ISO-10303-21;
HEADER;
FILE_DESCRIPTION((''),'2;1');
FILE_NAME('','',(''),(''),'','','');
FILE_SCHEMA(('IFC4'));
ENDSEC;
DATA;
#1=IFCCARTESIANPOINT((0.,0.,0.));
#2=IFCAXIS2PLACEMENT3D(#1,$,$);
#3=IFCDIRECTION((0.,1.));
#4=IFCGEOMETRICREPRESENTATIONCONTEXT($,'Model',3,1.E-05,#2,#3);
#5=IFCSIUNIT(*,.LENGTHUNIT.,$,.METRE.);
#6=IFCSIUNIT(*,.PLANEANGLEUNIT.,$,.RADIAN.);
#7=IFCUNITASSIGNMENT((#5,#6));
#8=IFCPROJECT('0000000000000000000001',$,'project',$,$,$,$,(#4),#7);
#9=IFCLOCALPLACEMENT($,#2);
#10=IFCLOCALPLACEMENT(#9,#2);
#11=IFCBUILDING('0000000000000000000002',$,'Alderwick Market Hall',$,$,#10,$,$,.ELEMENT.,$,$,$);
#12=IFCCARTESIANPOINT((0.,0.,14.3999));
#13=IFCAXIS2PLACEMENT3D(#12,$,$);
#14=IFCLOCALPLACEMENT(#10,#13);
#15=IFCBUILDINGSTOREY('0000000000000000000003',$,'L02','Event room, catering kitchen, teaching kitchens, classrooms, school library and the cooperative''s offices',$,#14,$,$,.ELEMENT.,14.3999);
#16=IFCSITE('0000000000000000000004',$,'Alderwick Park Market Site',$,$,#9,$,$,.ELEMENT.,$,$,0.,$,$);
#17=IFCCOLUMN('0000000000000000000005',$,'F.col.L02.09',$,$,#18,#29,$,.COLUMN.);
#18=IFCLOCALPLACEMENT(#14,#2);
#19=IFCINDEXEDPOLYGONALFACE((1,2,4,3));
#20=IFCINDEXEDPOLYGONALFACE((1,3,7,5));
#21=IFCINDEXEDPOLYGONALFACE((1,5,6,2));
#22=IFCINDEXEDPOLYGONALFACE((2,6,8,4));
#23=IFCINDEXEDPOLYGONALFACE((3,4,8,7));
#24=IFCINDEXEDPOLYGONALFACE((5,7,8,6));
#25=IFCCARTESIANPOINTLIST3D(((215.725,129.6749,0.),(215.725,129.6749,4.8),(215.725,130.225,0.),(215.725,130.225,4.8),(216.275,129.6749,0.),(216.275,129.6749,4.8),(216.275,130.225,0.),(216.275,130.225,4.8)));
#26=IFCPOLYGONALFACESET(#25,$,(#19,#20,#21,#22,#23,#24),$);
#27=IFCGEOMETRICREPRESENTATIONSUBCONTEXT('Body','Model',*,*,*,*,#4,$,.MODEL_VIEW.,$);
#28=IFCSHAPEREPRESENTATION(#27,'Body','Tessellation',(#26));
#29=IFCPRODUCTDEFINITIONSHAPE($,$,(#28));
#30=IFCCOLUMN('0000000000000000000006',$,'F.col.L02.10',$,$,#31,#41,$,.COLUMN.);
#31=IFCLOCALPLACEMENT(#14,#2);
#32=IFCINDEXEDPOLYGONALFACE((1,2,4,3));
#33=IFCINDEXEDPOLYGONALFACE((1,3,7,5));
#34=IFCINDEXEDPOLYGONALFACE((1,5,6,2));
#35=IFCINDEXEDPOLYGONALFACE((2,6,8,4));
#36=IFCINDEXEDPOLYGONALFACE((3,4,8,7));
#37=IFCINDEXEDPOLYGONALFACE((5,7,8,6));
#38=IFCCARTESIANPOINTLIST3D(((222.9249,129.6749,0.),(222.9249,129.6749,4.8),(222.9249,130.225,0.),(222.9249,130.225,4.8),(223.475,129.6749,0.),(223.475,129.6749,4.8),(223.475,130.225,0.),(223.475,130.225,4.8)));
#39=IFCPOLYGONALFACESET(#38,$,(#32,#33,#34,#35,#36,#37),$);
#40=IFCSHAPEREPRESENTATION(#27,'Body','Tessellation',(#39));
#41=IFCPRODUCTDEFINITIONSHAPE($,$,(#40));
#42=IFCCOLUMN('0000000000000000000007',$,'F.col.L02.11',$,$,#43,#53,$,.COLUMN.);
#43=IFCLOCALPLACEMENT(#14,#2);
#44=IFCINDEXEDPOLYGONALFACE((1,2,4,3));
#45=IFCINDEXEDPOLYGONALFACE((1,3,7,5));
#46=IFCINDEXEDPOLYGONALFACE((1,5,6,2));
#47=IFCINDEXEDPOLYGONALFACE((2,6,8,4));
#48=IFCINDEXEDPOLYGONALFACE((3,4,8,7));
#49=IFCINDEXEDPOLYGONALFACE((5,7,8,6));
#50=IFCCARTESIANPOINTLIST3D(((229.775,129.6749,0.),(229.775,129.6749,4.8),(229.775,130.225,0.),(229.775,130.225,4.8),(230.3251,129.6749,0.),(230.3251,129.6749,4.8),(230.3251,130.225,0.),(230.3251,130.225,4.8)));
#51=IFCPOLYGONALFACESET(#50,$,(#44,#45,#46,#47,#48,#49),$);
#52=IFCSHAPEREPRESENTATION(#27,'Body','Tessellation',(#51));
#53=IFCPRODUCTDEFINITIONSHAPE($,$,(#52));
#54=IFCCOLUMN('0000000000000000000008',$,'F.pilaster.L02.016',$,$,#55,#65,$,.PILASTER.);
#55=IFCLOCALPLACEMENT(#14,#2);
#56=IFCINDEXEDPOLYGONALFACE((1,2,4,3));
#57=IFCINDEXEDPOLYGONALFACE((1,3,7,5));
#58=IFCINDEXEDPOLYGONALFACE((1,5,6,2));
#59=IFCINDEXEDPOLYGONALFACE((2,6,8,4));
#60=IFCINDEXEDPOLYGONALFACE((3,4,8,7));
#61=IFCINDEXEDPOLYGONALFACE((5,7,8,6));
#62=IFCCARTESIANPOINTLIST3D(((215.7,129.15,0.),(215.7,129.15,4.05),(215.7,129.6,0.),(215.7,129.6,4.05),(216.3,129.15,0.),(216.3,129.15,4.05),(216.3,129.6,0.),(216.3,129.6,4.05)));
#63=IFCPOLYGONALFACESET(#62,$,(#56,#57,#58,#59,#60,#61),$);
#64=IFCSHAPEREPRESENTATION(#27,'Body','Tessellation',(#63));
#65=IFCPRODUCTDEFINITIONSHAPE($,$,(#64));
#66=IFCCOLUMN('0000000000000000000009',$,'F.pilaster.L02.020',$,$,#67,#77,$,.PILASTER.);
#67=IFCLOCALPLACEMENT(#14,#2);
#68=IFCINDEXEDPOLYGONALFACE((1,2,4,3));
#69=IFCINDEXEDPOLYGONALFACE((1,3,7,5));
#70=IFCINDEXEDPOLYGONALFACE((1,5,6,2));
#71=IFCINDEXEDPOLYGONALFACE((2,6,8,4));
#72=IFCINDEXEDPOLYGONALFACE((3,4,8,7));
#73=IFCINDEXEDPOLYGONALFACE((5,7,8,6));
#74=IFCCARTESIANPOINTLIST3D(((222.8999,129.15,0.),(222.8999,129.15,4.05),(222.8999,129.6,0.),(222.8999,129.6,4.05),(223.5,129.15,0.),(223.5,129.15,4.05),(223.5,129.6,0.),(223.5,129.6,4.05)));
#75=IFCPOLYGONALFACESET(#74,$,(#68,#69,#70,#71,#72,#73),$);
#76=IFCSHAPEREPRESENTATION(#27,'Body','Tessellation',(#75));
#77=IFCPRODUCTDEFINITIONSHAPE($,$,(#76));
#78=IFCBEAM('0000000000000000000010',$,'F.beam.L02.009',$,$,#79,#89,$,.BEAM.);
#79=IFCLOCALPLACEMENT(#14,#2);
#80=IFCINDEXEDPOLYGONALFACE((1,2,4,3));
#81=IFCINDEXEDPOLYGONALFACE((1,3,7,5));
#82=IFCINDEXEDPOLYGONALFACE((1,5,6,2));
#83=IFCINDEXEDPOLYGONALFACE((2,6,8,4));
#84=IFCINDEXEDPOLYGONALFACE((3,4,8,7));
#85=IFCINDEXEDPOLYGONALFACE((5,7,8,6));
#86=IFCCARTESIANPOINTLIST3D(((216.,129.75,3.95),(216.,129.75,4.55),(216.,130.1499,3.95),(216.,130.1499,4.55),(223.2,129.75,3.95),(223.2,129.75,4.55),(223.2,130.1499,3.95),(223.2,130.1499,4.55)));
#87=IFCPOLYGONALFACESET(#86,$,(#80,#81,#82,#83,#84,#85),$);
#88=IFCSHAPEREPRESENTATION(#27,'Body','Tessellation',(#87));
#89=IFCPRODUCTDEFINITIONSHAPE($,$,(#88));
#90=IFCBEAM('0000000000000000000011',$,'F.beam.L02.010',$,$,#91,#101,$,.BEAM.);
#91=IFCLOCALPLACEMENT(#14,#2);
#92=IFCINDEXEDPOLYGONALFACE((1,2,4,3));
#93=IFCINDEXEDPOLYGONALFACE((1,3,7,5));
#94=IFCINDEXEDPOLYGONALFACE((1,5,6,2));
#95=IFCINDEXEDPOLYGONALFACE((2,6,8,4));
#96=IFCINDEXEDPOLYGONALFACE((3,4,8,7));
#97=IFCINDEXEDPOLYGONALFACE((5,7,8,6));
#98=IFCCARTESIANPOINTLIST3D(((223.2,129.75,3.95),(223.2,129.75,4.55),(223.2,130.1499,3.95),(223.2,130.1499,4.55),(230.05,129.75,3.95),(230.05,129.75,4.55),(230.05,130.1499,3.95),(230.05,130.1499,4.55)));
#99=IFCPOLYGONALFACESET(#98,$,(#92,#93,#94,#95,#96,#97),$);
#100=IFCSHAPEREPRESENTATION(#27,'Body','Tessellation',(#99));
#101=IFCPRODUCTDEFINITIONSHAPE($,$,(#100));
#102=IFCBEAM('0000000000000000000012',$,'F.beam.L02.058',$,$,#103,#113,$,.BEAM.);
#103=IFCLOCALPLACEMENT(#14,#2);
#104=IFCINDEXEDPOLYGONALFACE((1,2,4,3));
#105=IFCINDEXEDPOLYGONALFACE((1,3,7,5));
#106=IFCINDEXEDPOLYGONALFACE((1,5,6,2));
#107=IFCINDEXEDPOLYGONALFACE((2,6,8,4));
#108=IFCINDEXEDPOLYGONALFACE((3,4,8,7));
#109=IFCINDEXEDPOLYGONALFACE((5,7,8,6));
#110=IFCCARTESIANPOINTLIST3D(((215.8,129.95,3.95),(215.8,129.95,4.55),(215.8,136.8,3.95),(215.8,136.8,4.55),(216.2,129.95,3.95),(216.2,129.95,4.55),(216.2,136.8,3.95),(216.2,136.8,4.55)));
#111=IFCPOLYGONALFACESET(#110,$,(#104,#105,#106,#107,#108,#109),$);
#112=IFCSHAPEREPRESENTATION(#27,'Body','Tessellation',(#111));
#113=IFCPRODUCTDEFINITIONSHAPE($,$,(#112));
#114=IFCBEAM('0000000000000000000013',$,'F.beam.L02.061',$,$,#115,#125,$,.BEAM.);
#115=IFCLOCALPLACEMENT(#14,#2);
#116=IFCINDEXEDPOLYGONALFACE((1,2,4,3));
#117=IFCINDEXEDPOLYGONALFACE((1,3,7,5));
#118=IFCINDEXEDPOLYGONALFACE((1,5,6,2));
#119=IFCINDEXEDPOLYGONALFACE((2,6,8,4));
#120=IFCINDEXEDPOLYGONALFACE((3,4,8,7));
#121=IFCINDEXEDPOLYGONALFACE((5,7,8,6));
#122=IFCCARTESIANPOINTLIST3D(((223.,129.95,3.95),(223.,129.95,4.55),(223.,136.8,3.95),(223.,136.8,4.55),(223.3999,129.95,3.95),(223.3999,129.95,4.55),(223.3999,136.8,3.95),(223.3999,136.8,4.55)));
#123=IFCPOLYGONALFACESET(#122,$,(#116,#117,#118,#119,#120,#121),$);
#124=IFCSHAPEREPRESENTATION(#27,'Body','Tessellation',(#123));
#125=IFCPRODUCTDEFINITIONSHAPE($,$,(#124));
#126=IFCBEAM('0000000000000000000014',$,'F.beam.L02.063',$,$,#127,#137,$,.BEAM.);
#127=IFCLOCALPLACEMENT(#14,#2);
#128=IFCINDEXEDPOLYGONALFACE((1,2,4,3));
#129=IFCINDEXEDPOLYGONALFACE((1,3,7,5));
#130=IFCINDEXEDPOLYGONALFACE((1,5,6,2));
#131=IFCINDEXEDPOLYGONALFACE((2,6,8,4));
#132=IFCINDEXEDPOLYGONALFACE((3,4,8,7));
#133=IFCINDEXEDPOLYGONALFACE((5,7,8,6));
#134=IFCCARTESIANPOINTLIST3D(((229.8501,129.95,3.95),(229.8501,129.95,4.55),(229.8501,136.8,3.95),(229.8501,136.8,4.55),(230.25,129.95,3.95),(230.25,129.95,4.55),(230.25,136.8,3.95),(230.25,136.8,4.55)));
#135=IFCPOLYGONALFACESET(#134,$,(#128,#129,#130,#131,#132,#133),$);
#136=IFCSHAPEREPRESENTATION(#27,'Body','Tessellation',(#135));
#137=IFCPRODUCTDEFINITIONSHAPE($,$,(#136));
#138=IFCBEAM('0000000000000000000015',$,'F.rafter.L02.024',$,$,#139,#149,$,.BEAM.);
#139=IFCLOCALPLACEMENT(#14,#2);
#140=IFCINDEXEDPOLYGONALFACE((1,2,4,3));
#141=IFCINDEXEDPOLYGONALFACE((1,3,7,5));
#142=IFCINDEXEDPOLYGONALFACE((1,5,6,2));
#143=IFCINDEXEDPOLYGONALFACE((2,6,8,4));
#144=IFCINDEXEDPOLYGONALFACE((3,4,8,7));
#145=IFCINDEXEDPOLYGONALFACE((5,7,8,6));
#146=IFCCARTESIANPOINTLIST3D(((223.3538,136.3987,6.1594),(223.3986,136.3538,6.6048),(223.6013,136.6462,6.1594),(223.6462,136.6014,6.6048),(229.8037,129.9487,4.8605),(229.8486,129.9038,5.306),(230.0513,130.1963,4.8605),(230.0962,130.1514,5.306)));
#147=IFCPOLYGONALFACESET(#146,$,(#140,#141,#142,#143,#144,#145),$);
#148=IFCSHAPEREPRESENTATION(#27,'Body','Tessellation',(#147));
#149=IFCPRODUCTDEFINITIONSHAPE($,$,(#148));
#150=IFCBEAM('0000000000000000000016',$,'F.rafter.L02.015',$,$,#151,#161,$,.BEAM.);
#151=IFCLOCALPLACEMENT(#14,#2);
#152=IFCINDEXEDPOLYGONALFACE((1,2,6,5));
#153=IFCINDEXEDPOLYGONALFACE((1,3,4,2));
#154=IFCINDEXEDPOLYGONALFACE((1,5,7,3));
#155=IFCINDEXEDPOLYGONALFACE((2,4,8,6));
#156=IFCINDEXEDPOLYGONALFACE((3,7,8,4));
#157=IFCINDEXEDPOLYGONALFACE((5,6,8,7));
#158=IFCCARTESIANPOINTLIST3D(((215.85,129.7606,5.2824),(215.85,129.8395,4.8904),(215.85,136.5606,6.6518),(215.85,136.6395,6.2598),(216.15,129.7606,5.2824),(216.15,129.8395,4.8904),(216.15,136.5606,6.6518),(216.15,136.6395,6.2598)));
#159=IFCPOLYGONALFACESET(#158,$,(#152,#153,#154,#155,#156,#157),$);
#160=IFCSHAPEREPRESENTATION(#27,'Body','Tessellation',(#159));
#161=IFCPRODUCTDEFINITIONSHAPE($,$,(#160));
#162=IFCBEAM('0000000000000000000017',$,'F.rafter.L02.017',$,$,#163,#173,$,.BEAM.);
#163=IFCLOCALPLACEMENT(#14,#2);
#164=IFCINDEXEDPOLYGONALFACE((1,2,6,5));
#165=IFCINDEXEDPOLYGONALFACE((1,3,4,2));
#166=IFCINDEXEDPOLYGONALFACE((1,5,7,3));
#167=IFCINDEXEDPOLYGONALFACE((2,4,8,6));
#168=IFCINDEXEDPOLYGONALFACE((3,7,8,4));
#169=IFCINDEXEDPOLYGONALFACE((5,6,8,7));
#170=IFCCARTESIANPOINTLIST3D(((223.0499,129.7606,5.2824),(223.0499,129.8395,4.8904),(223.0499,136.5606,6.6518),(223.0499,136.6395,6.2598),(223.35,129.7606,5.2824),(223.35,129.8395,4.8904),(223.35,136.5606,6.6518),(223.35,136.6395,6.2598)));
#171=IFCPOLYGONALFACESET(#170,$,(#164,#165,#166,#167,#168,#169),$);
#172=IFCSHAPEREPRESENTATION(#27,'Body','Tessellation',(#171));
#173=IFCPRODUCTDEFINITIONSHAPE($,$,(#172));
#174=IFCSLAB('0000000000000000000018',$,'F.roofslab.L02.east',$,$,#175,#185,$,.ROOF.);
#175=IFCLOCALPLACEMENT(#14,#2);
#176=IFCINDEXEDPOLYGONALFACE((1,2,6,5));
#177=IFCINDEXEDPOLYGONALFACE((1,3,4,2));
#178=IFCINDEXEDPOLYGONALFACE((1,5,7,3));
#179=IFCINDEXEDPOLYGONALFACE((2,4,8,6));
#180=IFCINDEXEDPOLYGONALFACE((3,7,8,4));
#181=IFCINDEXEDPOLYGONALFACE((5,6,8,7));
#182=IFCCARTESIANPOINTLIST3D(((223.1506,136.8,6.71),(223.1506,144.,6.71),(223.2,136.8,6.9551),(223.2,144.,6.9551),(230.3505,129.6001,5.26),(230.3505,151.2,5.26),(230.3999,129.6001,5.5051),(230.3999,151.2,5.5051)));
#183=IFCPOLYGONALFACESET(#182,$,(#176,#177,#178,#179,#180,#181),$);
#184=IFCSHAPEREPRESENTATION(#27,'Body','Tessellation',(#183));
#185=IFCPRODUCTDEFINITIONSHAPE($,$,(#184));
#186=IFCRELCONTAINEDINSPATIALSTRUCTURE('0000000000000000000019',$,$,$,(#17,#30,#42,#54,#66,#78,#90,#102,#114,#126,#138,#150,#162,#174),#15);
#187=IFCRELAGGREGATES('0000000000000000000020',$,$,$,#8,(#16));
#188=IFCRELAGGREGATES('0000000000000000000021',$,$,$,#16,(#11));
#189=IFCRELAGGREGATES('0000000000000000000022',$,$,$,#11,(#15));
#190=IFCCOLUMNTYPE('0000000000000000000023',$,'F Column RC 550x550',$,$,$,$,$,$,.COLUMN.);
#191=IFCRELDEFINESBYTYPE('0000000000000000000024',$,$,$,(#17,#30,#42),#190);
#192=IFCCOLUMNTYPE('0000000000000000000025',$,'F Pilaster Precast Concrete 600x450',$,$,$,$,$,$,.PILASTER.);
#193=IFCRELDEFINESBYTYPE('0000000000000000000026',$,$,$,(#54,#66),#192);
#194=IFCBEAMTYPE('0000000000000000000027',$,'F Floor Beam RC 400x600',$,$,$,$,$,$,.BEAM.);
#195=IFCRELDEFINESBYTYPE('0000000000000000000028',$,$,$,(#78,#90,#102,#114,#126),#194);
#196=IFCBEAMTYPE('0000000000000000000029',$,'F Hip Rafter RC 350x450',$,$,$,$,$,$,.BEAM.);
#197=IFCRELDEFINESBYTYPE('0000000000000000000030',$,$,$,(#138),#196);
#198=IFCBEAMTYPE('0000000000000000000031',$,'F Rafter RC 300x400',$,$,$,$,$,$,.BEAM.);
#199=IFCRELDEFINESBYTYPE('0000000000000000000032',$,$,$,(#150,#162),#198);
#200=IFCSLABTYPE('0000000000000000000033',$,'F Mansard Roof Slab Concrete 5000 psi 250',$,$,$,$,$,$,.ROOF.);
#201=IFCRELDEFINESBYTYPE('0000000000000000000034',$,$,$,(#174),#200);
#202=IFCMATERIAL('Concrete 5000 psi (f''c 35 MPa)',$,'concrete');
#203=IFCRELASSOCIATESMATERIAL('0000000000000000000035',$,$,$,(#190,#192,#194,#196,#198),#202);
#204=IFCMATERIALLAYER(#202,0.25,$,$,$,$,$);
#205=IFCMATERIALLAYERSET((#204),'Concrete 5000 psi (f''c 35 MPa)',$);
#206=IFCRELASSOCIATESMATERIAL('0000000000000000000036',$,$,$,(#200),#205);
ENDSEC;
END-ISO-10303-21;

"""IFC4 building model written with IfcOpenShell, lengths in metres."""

from ifc_helpers import new_model, si_unit, direction, frame, origin, origin_2d, place, context, subcontext, project, spatial, polyline, rectangle, outline, extrude, material, layer, layer_set, material_profile, profile_set, type_object, element, save


model = new_model("IFC4")

# Units and contexts
model_context = context("Model", 3, precision=1e-05, world=origin(), true_north=direction((0.0, 1.0)))
body_context = subcontext(model_context, "Body", "Model", "MODEL_VIEW")
ifc_project = project(units=[si_unit("LENGTHUNIT", "METRE"), si_unit("PLANEANGLEUNIT", "RADIAN")], contexts=[model_context])

# Site, building, storey
site_placement = place(None, origin())
site = spatial("IfcSite", under=ifc_project, at=site_placement, Name="Alderwick Park Market Site", CompositionType="ELEMENT", RefElevation=0.0)
building_placement = place(site_placement, origin())
building = spatial("IfcBuilding", under=site, at=building_placement, Name="Alderwick Market Hall", CompositionType="ELEMENT")
storey_placement = place(building_placement, frame((0.0, 0.0, 14.3999)))
storey = spatial("IfcBuildingStorey", under=building, at=storey_placement, Name="L02", Description="Event room, catering kitchen, teaching kitchens, classrooms, school library and the cooperative's offices", CompositionType="ELEMENT", Elevation=14.3999)

# Columns
ifc_material_1 = material(Name="Concrete 5000 psi (f'c 35 MPa)", Category="concrete")
ifc_material_profile_1 = material_profile(ifc_material_1, rectangle(XDim=0.55, YDim=0.55, at=origin_2d()), Name="RC 550x550")
ifc_profile_set_1 = profile_set([ifc_material_profile_1], Name="Concrete 5000 psi (f'c 35 MPa)")
column_type_1 = type_object("IfcColumnType", Name="F Column RC 550x550", PredefinedType="COLUMN", material=ifc_profile_set_1)
for number, where, z_axis, x_axis, name in (
    (1, (216.0, 129.95, 0.0), (0.0, 0.0, 1.0), (1.0, 0.0, 0.0), "F.col.L02.09"),
    (2, (223.2, 129.95, 0.0), (0.0, 0.0, 1.0), (1.0, 0.0, 0.0), "F.col.L02.10"),
    (3, (230.05, 129.95, 0.0), (0.0, 0.0, 1.0), (1.0, 0.0, 0.0), "F.col.L02.11"),
):
    element("IfcColumn", number, at=place(storey_placement, frame(where, z_axis=z_axis, x_axis=x_axis)), inside=storey, type_object=column_type_1, Name=name, PredefinedType="COLUMN", context=body_context, shape_type="SweptSolid", body=[
        extrude(rectangle(XDim=0.55, YDim=0.55, at=origin_2d()), origin(), (0.0, 0.0, 1.0), 4.8),
    ])
ifc_material_profile_2 = material_profile(ifc_material_1, rectangle(XDim=0.6001, YDim=0.45, at=origin_2d()), Name="PC 600x450")
ifc_profile_set_2 = profile_set([ifc_material_profile_2], Name="Concrete 5000 psi (f'c 35 MPa)")
column_type_2 = type_object("IfcColumnType", Name="F Pilaster Precast Concrete 600x450", PredefinedType="PILASTER", material=ifc_profile_set_2)
for number, where, z_axis, x_axis, name in (
    (4, (216.0, 129.375, 0.0), (0.0, 0.0, 1.0), (1.0, 0.0, 0.0), "F.pilaster.L02.016"),
    (5, (223.2, 129.375, 0.0), (0.0, 0.0, 1.0), (1.0, 0.0, 0.0), "F.pilaster.L02.020"),
):
    element("IfcColumn", number, at=place(storey_placement, frame(where, z_axis=z_axis, x_axis=x_axis)), inside=storey, type_object=column_type_2, Name=name, PredefinedType="PILASTER", context=body_context, shape_type="SweptSolid", body=[
        extrude(rectangle(XDim=0.6001, YDim=0.45, at=origin_2d()), origin(), (0.0, 0.0, 1.0), 4.05),
    ])

# Beams
ifc_material_profile_3 = material_profile(ifc_material_1, rectangle(XDim=0.3999, YDim=0.6001, at=origin_2d()), Name="RC 400x600")
ifc_profile_set_3 = profile_set([ifc_material_profile_3], Name="Concrete 5000 psi (f'c 35 MPa)")
beam_type_1 = type_object("IfcBeamType", Name="F Floor Beam RC 400x600", PredefinedType="BEAM", material=ifc_profile_set_3)
beam_1_placement = place(storey_placement, frame((216.0, 129.95, 4.25), z_axis=(1.0, 0.0, 0.0), x_axis=(0.0, 1.0, 0.0)))
element("IfcBeam", 6, at=beam_1_placement, inside=storey, type_object=beam_type_1, Name="F.beam.L02.009", PredefinedType="BEAM", context=body_context, shape_type="SweptSolid", body=[
    extrude(rectangle(XDim=0.3999, YDim=0.6001, at=origin_2d()), origin(), (0.0, 0.0, 1.0), 7.2),
])
for number, where, z_axis, x_axis, name in (
    (7, (223.2, 129.95, 4.25), (1.0, 0.0, 0.0), (0.0, 1.0, 0.0), "F.beam.L02.010"),
    (8, (216.0, 129.95, 4.25), (0.0, 1.0, 0.0), (-1.0, 0.0, 0.0), "F.beam.L02.058"),
    (9, (223.2, 129.95, 4.25), (0.0, 1.0, 0.0), (-1.0, 0.0, 0.0), "F.beam.L02.061"),
    (10, (230.05, 129.95, 4.25), (0.0, 1.0, 0.0), (-1.0, 0.0, 0.0), "F.beam.L02.063"),
):
    element("IfcBeam", number, at=place(storey_placement, frame(where, z_axis=z_axis, x_axis=x_axis)), inside=storey, type_object=beam_type_1, Name=name, PredefinedType="BEAM", context=body_context, shape_type="SweptSolid", body=[
        extrude(rectangle(XDim=0.3999, YDim=0.6001, at=origin_2d()), origin(), (0.0, 0.0, 1.0), 6.8501),
    ])
ifc_material_profile_4 = material_profile(ifc_material_1, rectangle(XDim=0.3501, YDim=0.45, at=origin_2d()), Name="RC 350x450")
ifc_profile_set_4 = profile_set([ifc_material_profile_4], Name="Concrete 5000 psi (f'c 35 MPa)")
beam_type_2 = type_object("IfcBeamType", Name="F Hip Rafter RC 350x450", PredefinedType="BEAM", material=ifc_profile_set_4)
beam_2_placement = place(storey_placement, frame((229.95, 130.05, 5.0833), z_axis=(-0.700046, 0.700046, 0.140968), x_axis=(-0.707107, -0.707107, 0.0)))
element("IfcBeam", 11, at=beam_2_placement, inside=storey, type_object=beam_type_2, Name="F.rafter.L02.024", PredefinedType="BEAM", context=body_context, shape_type="SweptSolid", body=[
    extrude(rectangle(XDim=0.3501, YDim=0.45, at=origin_2d()), origin(), (0.0, 0.0, 1.0), 9.2136),
])
ifc_material_profile_5 = material_profile(ifc_material_1, rectangle(XDim=0.3, YDim=0.3999, at=origin_2d()), Name="RC 300x400")
ifc_profile_set_5 = profile_set([ifc_material_profile_5], Name="Concrete 5000 psi (f'c 35 MPa)")
beam_type_3 = type_object("IfcBeamType", Name="F Rafter RC 300x400", PredefinedType="BEAM", material=ifc_profile_set_5)
for number, where, z_axis, x_axis, name in (
    (12, (216.0, 129.8, 5.0864), (0.0, 0.98032, 0.197416), (-1.0, 0.0, 0.0), "F.rafter.L02.015"),
    (13, (223.2, 129.8, 5.0864), (0.0, 0.98032, 0.197416), (-1.0, 0.0, 0.0), "F.rafter.L02.017"),
):
    element("IfcBeam", number, at=place(storey_placement, frame(where, z_axis=z_axis, x_axis=x_axis)), inside=storey, type_object=beam_type_3, Name=name, PredefinedType="BEAM", context=body_context, shape_type="SweptSolid", body=[
        extrude(rectangle(XDim=0.3, YDim=0.3999, at=origin_2d()), origin(), (0.0, 0.0, 1.0), 6.9365),
    ])

# Slab
ifc_layer_1 = layer(ifc_material_1, 0.25)
ifc_layer_set_1 = layer_set([ifc_layer_1], Name="Concrete 5000 psi (f'c 35 MPa)")
slab_type = type_object("IfcSlabType", Name="F Mansard Roof Slab Concrete 5000 psi 250", PredefinedType="ROOF", material=ifc_layer_set_1)
slab_placement = place(storey_placement, frame((230.3999, 129.6001, 5.5051), z_axis=(0.19742, 0.0, 0.980319), x_axis=(0.0, 1.0, 0.0)))
element("IfcSlab", 14, at=slab_placement, inside=storey, type_object=slab_type, Name="F.roofslab.L02.east", PredefinedType="ROOF", context=body_context, shape_type="SweptSolid", body=[
    extrude(outline(polyline([(0.0, 0.0), (21.5999, 0.0), (14.3999, 7.3445), (7.2, 7.3445), (0.0, 0.0)])), origin(), (0.0, 0.0, -1.0), 0.25),
])

save(model, "model.ifc")
